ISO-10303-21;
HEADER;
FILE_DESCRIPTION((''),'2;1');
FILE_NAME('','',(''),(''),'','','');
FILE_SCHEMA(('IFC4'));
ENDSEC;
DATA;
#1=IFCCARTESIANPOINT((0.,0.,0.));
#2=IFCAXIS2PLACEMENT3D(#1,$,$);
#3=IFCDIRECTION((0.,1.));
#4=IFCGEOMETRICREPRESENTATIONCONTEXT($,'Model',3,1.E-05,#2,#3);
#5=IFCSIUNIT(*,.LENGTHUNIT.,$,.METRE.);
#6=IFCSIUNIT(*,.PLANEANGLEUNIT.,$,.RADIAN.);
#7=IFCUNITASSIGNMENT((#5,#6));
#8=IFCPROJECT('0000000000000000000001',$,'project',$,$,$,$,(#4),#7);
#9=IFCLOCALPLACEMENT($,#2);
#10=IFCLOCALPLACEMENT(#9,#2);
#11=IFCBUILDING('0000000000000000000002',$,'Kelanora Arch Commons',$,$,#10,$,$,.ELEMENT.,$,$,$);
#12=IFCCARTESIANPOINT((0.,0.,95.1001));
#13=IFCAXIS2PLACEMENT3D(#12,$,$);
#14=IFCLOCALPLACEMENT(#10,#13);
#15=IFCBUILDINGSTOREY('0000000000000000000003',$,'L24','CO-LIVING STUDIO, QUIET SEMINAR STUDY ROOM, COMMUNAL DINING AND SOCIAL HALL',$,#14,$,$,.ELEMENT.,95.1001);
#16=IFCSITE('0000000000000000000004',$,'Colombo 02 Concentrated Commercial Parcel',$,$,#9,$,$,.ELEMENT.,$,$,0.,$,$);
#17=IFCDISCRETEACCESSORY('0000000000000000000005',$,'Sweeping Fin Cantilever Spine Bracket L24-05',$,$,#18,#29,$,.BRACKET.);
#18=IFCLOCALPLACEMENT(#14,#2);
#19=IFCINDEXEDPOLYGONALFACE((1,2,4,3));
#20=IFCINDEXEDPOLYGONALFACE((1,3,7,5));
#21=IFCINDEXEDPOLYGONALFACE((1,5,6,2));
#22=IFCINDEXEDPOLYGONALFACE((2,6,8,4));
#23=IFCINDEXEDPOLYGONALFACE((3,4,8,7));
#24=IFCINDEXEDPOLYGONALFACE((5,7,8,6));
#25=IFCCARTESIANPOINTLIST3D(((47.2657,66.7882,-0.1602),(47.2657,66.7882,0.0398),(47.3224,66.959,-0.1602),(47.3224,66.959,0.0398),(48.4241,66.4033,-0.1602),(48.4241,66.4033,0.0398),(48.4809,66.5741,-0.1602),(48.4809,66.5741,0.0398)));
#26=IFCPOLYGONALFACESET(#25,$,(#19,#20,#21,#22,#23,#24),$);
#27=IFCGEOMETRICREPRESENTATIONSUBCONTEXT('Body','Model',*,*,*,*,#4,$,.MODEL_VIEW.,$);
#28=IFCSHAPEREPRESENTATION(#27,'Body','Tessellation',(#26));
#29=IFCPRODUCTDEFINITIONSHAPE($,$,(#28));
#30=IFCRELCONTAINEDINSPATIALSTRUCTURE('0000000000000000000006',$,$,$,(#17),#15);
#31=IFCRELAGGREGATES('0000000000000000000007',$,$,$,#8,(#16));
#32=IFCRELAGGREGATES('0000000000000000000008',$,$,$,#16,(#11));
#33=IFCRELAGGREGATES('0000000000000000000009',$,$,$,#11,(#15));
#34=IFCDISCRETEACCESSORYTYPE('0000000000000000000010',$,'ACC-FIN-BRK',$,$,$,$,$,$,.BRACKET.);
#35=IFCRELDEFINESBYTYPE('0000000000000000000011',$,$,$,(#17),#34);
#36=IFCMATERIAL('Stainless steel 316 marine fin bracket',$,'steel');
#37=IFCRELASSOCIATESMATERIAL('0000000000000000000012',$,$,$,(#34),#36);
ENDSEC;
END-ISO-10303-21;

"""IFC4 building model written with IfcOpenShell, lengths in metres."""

from ifc_helpers import new_model, si_unit, direction, frame, origin, origin_2d, place, context, subcontext, project, spatial, rectangle, extrude, source, transform, mapped, material, type_object, element, save


model = new_model("IFC4")

# Units and contexts
model_context = context("Model", 3, precision=1e-05, world=origin(), true_north=direction((0.0, 1.0)))
body_context = subcontext(model_context, "Body", "Model", "MODEL_VIEW")
ifc_project = project(units=[si_unit("LENGTHUNIT", "METRE"), si_unit("PLANEANGLEUNIT", "RADIAN")], contexts=[model_context])

# Site, building, storey
site_placement = place(None, origin())
site = spatial("IfcSite", under=ifc_project, at=site_placement, Name="Colombo 02 Concentrated Commercial Parcel", CompositionType="ELEMENT", RefElevation=0.0)
building_placement = place(site_placement, origin())
building = spatial("IfcBuilding", under=site, at=building_placement, Name="Kelanora Arch Commons", CompositionType="ELEMENT")
storey_placement = place(building_placement, frame((0.0, 0.0, 95.1001)))
storey = spatial("IfcBuildingStorey", under=building, at=storey_placement, Name="L24", Description="CO-LIVING STUDIO, QUIET SEMINAR STUDY ROOM, COMMUNAL DINING AND SOCIAL HALL", CompositionType="ELEMENT", Elevation=95.1001)

# Discrete accessory
ifc_material_1 = material(Name="Stainless steel 316 marine fin bracket", Category="steel")
discrete_accessory_type = type_object("IfcDiscreteAccessoryType", Name="ACC-FIN-BRK", PredefinedType="BRACKET", material=ifc_material_1)
shared_shape_1 = source(origin(), body_context, "Body", "SweptSolid", [
    extrude(rectangle(XDim=1.2207, YDim=0.1799, at=origin_2d()), origin(), (0.0, 0.0, 1.0), 0.2),
])
discrete_accessory_placement = place(storey_placement, frame((47.8733, 66.6812, -0.1602), z_axis=(0.0, 0.0, 1.0), x_axis=(-0.948986, 0.315318, 0.0)))
element("IfcDiscreteAccessory", 1, at=discrete_accessory_placement, inside=storey, type_object=discrete_accessory_type, Name="Sweeping Fin Cantilever Spine Bracket L24-05", PredefinedType="BRACKET", context=body_context, shape_type="MappedRepresentation", body=[
    mapped(shared_shape_1, transform((0.0, 0.0, 0.0), scale=1.0)),
])

save(model, "model.ifc")
